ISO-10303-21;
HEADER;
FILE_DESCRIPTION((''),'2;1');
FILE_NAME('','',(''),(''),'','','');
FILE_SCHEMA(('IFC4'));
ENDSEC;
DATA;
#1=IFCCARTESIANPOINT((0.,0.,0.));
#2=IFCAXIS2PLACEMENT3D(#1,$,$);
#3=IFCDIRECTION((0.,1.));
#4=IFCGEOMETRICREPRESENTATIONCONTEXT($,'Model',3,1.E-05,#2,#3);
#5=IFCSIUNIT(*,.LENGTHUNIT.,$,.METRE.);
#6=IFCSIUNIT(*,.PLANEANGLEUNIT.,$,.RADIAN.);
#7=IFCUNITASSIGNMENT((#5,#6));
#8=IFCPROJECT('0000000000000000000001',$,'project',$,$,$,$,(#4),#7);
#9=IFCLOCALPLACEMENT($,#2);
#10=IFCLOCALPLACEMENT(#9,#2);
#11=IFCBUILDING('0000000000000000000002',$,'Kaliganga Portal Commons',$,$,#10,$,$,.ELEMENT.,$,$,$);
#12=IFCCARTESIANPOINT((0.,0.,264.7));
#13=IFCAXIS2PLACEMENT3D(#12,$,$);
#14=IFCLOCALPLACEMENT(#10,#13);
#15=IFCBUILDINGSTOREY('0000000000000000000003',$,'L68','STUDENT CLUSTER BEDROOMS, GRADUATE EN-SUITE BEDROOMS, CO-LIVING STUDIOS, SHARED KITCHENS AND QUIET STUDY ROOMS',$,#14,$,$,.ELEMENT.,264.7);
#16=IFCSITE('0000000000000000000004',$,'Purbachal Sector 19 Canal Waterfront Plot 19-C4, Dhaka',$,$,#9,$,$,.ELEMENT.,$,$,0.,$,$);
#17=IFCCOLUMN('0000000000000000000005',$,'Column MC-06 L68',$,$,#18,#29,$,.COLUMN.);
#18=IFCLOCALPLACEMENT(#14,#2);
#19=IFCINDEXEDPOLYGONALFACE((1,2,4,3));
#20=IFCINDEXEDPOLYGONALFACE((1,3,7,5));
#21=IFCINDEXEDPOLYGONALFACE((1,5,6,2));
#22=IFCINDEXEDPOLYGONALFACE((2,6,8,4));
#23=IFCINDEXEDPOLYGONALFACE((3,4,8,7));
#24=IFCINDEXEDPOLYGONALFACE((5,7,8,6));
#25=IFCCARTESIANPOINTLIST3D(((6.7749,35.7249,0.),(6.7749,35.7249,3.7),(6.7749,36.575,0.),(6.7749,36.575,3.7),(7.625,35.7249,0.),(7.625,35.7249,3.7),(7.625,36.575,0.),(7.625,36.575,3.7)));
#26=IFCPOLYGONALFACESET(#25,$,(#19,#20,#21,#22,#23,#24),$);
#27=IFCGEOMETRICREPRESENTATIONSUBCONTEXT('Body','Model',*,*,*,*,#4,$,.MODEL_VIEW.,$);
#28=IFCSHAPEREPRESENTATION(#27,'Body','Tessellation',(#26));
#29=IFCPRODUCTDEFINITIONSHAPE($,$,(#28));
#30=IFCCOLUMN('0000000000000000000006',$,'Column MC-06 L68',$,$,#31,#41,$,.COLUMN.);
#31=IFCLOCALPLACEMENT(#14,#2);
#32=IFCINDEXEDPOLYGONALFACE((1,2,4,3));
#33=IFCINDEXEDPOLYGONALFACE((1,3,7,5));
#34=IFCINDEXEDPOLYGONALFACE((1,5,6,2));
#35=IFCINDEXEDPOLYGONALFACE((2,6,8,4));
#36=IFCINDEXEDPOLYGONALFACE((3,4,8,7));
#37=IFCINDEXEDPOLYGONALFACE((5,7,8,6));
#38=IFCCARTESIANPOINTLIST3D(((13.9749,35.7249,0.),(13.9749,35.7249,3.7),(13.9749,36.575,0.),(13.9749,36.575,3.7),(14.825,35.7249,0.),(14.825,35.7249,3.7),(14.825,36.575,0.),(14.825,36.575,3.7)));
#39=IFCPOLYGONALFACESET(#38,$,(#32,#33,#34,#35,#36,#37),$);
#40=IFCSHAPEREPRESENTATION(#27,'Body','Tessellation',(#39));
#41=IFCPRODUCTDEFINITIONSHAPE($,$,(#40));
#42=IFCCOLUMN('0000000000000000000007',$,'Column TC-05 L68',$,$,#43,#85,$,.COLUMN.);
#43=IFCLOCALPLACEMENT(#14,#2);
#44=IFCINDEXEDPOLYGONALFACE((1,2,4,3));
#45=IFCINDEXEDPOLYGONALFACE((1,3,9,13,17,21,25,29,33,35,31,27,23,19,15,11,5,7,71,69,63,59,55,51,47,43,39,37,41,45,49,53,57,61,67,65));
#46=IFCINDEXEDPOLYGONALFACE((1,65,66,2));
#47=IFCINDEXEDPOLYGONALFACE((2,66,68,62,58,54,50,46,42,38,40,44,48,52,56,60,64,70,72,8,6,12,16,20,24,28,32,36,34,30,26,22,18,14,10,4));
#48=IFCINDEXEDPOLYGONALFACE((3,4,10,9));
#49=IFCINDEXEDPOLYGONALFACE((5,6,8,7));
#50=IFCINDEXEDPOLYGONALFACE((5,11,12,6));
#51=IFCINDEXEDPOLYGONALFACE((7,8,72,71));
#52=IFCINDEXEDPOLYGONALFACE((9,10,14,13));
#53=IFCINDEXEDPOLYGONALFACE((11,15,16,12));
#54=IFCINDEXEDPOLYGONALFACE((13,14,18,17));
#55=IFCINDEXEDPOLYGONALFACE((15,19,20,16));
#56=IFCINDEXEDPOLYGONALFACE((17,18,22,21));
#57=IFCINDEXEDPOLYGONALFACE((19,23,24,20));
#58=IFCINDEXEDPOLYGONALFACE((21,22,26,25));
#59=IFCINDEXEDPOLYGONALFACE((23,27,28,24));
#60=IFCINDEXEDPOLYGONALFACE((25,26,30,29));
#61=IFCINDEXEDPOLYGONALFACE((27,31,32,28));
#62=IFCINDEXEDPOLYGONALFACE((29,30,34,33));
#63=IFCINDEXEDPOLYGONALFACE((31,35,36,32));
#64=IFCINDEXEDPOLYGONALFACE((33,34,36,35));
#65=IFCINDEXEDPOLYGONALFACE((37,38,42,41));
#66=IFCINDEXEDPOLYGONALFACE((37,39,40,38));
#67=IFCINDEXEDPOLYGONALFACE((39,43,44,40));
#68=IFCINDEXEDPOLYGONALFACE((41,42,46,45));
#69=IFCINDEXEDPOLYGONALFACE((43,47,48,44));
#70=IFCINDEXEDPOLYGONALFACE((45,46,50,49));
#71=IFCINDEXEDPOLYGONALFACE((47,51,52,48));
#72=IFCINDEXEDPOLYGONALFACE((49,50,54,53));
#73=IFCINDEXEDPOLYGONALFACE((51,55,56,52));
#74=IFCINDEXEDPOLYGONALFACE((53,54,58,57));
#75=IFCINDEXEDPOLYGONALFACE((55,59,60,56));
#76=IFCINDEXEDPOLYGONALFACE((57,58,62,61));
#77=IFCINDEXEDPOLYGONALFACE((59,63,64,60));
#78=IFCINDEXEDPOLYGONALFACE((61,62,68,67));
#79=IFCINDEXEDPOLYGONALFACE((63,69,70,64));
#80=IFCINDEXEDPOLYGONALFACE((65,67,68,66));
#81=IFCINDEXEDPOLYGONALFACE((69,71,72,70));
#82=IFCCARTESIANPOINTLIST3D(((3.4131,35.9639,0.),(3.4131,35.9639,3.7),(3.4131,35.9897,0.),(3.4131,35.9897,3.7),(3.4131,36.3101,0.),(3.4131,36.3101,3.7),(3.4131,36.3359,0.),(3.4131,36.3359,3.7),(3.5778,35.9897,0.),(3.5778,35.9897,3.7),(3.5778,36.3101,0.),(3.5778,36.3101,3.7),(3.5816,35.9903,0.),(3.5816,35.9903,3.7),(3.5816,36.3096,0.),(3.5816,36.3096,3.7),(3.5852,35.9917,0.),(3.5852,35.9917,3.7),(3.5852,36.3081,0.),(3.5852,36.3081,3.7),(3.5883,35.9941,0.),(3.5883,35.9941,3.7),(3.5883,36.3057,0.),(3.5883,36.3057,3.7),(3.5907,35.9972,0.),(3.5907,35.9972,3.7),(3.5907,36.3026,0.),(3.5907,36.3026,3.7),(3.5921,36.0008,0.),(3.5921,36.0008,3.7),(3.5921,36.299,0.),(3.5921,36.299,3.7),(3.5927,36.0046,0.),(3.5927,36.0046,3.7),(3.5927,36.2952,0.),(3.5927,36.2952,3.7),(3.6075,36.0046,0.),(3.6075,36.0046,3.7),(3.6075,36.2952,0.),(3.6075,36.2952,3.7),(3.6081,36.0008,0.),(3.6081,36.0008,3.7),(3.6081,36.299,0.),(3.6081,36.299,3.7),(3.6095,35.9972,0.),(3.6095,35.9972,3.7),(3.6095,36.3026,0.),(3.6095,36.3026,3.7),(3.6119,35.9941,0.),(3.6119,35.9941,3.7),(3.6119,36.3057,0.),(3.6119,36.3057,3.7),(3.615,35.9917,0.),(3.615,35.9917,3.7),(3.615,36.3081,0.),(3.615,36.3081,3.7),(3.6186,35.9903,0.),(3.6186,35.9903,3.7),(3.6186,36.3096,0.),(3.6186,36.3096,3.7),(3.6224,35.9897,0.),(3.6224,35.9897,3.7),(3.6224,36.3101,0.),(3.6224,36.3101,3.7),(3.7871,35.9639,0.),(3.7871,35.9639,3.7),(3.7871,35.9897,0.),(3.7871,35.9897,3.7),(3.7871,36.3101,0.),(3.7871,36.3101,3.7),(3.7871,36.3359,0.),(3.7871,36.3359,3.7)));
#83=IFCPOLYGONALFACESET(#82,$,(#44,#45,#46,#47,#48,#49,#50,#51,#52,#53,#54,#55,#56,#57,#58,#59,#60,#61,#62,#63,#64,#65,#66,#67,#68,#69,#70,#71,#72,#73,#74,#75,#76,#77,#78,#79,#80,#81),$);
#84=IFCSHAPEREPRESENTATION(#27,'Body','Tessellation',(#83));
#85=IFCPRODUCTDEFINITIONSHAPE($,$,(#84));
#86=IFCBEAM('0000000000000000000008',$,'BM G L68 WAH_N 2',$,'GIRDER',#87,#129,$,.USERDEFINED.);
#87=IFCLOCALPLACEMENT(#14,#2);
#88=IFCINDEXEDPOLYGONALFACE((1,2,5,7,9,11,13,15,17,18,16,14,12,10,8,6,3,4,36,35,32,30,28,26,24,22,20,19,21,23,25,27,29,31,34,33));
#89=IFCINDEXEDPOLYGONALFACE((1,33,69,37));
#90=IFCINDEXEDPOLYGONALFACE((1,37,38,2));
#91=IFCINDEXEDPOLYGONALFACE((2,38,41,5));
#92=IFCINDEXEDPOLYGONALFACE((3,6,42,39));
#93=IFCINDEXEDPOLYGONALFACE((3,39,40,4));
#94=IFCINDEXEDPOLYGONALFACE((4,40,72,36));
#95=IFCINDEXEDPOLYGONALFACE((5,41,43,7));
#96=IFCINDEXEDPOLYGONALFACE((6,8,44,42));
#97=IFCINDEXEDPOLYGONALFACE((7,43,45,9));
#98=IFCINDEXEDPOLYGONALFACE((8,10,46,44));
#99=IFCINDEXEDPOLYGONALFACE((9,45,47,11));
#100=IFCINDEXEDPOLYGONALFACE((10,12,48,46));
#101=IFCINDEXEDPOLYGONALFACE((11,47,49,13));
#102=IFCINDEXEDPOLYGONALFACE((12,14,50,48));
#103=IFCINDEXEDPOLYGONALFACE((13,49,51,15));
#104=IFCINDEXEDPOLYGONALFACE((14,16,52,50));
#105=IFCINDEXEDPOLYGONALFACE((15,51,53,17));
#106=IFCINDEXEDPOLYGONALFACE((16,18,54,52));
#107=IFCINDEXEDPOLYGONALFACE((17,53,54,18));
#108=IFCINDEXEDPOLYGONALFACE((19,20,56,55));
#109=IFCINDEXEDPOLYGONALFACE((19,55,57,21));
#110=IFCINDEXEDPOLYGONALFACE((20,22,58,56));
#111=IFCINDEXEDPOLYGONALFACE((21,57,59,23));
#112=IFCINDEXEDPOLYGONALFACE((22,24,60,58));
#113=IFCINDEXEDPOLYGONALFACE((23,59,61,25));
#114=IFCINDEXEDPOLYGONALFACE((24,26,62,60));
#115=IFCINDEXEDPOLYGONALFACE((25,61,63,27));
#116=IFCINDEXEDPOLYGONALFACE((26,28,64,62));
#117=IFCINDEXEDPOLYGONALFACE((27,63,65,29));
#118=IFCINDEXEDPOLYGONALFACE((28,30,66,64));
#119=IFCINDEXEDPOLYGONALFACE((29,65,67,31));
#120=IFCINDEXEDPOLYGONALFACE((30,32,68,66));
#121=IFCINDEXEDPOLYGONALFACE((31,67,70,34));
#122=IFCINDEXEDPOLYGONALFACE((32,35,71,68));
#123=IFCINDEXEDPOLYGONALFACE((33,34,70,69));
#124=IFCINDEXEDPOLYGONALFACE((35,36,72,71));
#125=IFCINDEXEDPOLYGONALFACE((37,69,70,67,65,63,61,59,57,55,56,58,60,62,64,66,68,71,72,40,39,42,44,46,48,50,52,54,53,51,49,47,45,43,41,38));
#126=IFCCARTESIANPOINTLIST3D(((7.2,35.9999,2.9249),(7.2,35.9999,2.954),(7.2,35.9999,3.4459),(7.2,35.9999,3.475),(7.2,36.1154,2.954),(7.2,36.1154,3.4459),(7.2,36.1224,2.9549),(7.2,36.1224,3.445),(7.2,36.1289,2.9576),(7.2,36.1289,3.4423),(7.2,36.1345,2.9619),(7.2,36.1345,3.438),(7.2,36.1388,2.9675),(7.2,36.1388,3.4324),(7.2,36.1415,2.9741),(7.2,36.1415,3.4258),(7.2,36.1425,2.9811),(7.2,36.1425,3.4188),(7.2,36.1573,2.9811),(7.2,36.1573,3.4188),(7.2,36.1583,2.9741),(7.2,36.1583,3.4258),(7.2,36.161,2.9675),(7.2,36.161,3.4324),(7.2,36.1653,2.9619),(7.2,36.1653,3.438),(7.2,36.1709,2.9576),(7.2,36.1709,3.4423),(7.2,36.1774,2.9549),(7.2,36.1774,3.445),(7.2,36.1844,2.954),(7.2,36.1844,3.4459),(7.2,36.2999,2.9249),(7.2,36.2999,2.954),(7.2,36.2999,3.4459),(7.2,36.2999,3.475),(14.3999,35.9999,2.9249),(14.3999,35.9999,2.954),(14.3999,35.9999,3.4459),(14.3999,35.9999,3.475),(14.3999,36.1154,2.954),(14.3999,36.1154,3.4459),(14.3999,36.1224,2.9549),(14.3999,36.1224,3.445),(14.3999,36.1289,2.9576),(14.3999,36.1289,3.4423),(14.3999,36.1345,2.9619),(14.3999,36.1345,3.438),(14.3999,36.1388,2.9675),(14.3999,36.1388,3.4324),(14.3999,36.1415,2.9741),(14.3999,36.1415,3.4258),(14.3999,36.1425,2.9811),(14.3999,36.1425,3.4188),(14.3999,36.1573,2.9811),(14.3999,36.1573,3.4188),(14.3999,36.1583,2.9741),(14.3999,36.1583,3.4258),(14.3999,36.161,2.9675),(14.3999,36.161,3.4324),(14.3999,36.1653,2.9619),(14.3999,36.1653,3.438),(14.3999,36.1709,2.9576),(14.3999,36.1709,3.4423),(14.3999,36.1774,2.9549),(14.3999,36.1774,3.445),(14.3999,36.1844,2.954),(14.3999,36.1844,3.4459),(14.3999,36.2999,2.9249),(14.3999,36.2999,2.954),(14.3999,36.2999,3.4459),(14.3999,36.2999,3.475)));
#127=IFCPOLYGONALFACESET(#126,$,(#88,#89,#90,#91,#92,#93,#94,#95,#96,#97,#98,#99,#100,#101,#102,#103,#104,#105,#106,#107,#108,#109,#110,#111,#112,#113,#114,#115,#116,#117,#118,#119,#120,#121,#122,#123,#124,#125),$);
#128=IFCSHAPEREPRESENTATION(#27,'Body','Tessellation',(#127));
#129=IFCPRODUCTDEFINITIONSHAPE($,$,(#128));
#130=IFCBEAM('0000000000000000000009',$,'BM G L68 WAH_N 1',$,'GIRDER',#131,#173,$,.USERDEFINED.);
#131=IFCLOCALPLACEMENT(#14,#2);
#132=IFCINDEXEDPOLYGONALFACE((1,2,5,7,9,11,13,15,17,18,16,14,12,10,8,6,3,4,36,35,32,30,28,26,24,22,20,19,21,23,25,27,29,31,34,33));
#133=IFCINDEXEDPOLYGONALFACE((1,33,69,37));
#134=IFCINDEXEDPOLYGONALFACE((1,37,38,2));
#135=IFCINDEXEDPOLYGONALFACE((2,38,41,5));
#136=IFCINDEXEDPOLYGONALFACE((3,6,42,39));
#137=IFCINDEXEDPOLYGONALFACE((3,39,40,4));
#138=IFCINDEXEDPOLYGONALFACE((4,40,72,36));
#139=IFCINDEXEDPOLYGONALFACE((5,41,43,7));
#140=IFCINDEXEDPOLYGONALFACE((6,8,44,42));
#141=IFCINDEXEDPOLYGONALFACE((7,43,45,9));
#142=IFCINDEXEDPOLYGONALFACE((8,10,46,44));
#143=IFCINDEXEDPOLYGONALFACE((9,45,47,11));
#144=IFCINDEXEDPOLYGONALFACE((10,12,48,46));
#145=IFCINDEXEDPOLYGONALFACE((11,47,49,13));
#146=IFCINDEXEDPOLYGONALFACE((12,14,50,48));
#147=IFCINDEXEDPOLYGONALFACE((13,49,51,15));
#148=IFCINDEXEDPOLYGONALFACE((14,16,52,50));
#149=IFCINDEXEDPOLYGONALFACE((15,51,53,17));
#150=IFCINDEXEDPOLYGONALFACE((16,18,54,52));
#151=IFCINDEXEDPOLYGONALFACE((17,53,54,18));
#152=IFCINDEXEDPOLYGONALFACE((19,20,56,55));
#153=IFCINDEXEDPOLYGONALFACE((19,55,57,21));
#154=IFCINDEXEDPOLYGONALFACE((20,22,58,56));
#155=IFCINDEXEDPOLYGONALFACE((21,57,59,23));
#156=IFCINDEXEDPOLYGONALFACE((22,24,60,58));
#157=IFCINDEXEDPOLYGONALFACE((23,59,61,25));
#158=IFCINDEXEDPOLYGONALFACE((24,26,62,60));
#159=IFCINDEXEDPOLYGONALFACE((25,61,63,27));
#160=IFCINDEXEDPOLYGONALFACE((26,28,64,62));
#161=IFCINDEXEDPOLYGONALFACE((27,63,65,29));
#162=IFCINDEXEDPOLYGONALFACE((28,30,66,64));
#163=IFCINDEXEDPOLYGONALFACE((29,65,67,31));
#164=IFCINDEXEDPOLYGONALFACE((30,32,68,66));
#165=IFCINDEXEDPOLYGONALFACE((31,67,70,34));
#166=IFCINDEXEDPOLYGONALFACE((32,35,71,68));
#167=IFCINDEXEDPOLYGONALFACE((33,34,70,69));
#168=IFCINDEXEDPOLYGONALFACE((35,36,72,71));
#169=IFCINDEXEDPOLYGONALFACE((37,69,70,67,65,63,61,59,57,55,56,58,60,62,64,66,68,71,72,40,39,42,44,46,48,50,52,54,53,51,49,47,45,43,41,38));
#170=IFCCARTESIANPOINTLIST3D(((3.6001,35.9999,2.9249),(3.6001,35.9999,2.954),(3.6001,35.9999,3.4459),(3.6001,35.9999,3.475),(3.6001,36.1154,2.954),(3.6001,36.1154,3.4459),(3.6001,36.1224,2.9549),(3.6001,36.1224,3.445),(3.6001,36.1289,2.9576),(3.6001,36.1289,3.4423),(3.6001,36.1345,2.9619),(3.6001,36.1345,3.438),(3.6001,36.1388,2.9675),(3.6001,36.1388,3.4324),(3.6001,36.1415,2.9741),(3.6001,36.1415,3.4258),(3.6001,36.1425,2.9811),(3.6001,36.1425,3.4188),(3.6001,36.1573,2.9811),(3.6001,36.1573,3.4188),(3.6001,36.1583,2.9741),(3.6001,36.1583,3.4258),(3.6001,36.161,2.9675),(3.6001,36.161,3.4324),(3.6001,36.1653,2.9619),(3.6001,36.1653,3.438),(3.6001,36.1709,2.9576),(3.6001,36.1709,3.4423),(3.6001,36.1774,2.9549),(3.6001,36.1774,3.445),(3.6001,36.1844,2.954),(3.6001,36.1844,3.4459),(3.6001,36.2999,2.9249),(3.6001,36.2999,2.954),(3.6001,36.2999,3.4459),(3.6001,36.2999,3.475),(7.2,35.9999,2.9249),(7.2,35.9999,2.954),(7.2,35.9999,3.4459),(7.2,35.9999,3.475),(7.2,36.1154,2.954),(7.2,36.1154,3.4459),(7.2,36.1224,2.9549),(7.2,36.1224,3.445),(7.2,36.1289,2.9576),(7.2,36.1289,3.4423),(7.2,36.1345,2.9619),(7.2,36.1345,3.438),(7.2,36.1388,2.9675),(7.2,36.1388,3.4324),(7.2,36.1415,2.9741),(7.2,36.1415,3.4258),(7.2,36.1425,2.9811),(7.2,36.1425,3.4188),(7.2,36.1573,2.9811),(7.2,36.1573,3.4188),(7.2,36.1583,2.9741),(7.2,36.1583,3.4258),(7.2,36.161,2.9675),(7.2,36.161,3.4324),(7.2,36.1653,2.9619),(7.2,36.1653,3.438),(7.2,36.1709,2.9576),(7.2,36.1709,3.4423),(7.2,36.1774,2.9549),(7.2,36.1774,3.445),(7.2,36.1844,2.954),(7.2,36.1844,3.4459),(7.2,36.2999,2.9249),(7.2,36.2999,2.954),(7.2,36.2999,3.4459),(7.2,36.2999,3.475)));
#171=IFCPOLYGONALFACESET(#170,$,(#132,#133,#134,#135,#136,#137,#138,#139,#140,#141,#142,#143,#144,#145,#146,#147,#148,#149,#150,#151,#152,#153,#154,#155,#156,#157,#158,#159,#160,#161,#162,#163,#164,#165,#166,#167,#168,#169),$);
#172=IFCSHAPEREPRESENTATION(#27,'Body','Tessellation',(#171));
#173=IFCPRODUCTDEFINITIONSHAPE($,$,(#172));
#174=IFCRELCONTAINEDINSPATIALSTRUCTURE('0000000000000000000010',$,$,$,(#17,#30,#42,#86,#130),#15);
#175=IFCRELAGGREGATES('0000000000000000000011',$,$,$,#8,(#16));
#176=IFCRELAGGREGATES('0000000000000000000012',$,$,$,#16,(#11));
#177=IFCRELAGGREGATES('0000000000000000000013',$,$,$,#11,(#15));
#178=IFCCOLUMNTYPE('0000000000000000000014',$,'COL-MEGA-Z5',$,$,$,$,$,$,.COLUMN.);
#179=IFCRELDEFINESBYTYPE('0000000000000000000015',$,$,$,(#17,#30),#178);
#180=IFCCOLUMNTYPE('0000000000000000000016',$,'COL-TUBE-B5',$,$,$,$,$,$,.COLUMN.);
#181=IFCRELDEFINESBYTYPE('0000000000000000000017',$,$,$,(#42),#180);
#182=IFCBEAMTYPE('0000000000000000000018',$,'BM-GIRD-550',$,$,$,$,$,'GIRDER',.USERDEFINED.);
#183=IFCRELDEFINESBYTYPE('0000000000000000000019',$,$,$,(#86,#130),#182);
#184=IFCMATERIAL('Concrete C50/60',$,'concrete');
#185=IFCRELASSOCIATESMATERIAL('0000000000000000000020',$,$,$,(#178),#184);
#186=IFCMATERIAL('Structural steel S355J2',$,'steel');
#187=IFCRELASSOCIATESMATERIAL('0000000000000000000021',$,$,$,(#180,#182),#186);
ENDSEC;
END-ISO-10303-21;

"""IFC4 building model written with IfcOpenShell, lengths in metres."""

from ifc_helpers import new_model, si_unit, direction, frame, origin, origin_2d, place, context, subcontext, project, spatial, rectangle, i_section, extrude, source, transform, mapped, material, material_profile, profile_set, type_object, element, save


model = new_model("IFC4")

# Units and contexts
model_context = context("Model", 3, precision=1e-05, world=origin(), true_north=direction((0.0, 1.0)))
body_context = subcontext(model_context, "Body", "Model", "MODEL_VIEW")
ifc_project = project(units=[si_unit("LENGTHUNIT", "METRE"), si_unit("PLANEANGLEUNIT", "RADIAN")], contexts=[model_context])

# Site, building, storey
site_placement = place(None, origin())
site = spatial("IfcSite", under=ifc_project, at=site_placement, Name="Purbachal Sector 19 Canal Waterfront Plot 19-C4, Dhaka", CompositionType="ELEMENT", RefElevation=0.0)
building_placement = place(site_placement, origin())
building = spatial("IfcBuilding", under=site, at=building_placement, Name="Kaliganga Portal Commons", CompositionType="ELEMENT")
storey_placement = place(building_placement, frame((0.0, 0.0, 264.7)))
storey = spatial("IfcBuildingStorey", under=building, at=storey_placement, Name="L68", Description="STUDENT CLUSTER BEDROOMS, GRADUATE EN-SUITE BEDROOMS, CO-LIVING STUDIOS, SHARED KITCHENS AND QUIET STUDY ROOMS", CompositionType="ELEMENT", Elevation=264.7)

# Columns
ifc_material_1 = material(Name="Concrete C50/60", Category="concrete")
ifc_material_profile_1 = material_profile(ifc_material_1, rectangle(XDim=0.8501, YDim=0.8501, at=origin_2d()), Name="RC 850x850")
ifc_profile_set_1 = profile_set([ifc_material_profile_1], Name="Concrete C50/60")
column_type_1 = type_object("IfcColumnType", Name="COL-MEGA-Z5", PredefinedType="COLUMN", material=ifc_profile_set_1)
shared_shape_1 = source(origin(), body_context, "Body", "SweptSolid", [
    extrude(rectangle(XDim=0.8501, YDim=0.8501, at=origin_2d()), origin(), (0.0, 0.0, 1.0), 3.7),
])
for number, where, z_axis, x_axis, name in (
    (1, (7.2, 36.1499, 0.0), (0.0, 0.0, 1.0), (1.0, 0.0, 0.0), "Column MC-06 L68"),
    (2, (14.3999, 36.1499, 0.0), (0.0, 0.0, 1.0), (1.0, 0.0, 0.0), "Column MC-06 L68"),
):
    element("IfcColumn", number, at=place(storey_placement, frame(where, z_axis=z_axis, x_axis=x_axis)), inside=storey, type_object=column_type_1, Name=name, PredefinedType="COLUMN", context=body_context, shape_type="MappedRepresentation", body=[
        mapped(shared_shape_1, transform((0.0, 0.0, 0.0), x_axis=(1.0, 0.0, 0.0), y_axis=(0.0, 1.0, 0.0), z_axis=(0.0, 0.0, 1.0), scale=1.0)),
    ])
ifc_material_2 = material(Name="Structural steel S355J2", Category="steel")
ifc_material_profile_2 = material_profile(ifc_material_2, i_section(OverallWidth=0.374, OverallDepth=0.3721, WebThickness=0.0149, FlangeThickness=0.0259, FilletRadius=0.0149, at=origin_2d()), Name="HD 360x196")
ifc_profile_set_2 = profile_set([ifc_material_profile_2], Name="Structural steel S355J2 wide-flange")
column_type_2 = type_object("IfcColumnType", Name="COL-TUBE-B5", PredefinedType="COLUMN", material=ifc_profile_set_2)
shared_shape_2 = source(origin(), body_context, "Body", "SweptSolid", [
    extrude(i_section(OverallWidth=0.374, OverallDepth=0.3721, WebThickness=0.0149, FlangeThickness=0.0259, FilletRadius=0.0149, at=origin_2d()), origin(), (0.0, 0.0, 1.0), 3.7),
])
column_placement = place(storey_placement, frame((3.6001, 36.1499, 0.0), z_axis=(0.0, 0.0, 1.0), x_axis=(1.0, 0.0, 0.0)))
element("IfcColumn", 3, at=column_placement, inside=storey, type_object=column_type_2, Name="Column TC-05 L68", PredefinedType="COLUMN", context=body_context, shape_type="MappedRepresentation", body=[
    mapped(shared_shape_2, transform((0.0, 0.0, 0.0), x_axis=(1.0, 0.0, 0.0), y_axis=(0.0, 1.0, 0.0), z_axis=(0.0, 0.0, 1.0), scale=1.0)),
])

# Beams
ifc_material_profile_3 = material_profile(ifc_material_2, i_section(OverallWidth=0.3, OverallDepth=0.55, WebThickness=0.0149, FlangeThickness=0.0291, FilletRadius=0.0271, at=origin_2d()), Name="HE 550 B")
ifc_profile_set_3 = profile_set([ifc_material_profile_3], Name="Structural steel S355J2 wide-flange")
beam_type_1 = type_object("IfcBeamType", Name="BM-GIRD-550", ElementType="GIRDER", PredefinedType="USERDEFINED", material=ifc_profile_set_3)
shared_shape_3 = source(origin(), body_context, "Body", "SweptSolid", [
    extrude(i_section(OverallWidth=0.3, OverallDepth=0.55, WebThickness=0.0149, FlangeThickness=0.0291, FilletRadius=0.0271, at=origin_2d()), origin(), (0.0, 0.0, 1.0), 7.2),
])
beam_1_placement = place(storey_placement, frame((7.2, 36.1499, 3.2), z_axis=(1.0, 0.0, 0.0), x_axis=(0.0, 1.0, 0.0)))
element("IfcBeam", 4, at=beam_1_placement, inside=storey, type_object=beam_type_1, Name="BM G L68 WAH_N 2", ObjectType="GIRDER", PredefinedType="USERDEFINED", context=body_context, shape_type="MappedRepresentation", body=[
    mapped(shared_shape_3, transform((0.0, 0.0, 0.0), x_axis=(1.0, 0.0, 0.0), y_axis=(0.0, 1.0, 0.0), z_axis=(0.0, 0.0, 1.0), scale=1.0)),
])
shared_shape_4 = source(origin(), body_context, "Body", "SweptSolid", [
    extrude(i_section(OverallWidth=0.3, OverallDepth=0.55, WebThickness=0.0149, FlangeThickness=0.0291, FilletRadius=0.0271, at=origin_2d()), origin(), (0.0, 0.0, 1.0), 3.5999),
])
beam_2_placement = place(storey_placement, frame((3.6001, 36.1499, 3.2), z_axis=(1.0, 0.0, 0.0), x_axis=(0.0, 1.0, 0.0)))
element("IfcBeam", 5, at=beam_2_placement, inside=storey, type_object=beam_type_1, Name="BM G L68 WAH_N 1", ObjectType="GIRDER", PredefinedType="USERDEFINED", context=body_context, shape_type="MappedRepresentation", body=[
    mapped(shared_shape_4, transform((0.0, 0.0, 0.0), x_axis=(1.0, 0.0, 0.0), y_axis=(0.0, 1.0, 0.0), z_axis=(0.0, 0.0, 1.0), scale=1.0)),
])

save(model, "model.ifc")
